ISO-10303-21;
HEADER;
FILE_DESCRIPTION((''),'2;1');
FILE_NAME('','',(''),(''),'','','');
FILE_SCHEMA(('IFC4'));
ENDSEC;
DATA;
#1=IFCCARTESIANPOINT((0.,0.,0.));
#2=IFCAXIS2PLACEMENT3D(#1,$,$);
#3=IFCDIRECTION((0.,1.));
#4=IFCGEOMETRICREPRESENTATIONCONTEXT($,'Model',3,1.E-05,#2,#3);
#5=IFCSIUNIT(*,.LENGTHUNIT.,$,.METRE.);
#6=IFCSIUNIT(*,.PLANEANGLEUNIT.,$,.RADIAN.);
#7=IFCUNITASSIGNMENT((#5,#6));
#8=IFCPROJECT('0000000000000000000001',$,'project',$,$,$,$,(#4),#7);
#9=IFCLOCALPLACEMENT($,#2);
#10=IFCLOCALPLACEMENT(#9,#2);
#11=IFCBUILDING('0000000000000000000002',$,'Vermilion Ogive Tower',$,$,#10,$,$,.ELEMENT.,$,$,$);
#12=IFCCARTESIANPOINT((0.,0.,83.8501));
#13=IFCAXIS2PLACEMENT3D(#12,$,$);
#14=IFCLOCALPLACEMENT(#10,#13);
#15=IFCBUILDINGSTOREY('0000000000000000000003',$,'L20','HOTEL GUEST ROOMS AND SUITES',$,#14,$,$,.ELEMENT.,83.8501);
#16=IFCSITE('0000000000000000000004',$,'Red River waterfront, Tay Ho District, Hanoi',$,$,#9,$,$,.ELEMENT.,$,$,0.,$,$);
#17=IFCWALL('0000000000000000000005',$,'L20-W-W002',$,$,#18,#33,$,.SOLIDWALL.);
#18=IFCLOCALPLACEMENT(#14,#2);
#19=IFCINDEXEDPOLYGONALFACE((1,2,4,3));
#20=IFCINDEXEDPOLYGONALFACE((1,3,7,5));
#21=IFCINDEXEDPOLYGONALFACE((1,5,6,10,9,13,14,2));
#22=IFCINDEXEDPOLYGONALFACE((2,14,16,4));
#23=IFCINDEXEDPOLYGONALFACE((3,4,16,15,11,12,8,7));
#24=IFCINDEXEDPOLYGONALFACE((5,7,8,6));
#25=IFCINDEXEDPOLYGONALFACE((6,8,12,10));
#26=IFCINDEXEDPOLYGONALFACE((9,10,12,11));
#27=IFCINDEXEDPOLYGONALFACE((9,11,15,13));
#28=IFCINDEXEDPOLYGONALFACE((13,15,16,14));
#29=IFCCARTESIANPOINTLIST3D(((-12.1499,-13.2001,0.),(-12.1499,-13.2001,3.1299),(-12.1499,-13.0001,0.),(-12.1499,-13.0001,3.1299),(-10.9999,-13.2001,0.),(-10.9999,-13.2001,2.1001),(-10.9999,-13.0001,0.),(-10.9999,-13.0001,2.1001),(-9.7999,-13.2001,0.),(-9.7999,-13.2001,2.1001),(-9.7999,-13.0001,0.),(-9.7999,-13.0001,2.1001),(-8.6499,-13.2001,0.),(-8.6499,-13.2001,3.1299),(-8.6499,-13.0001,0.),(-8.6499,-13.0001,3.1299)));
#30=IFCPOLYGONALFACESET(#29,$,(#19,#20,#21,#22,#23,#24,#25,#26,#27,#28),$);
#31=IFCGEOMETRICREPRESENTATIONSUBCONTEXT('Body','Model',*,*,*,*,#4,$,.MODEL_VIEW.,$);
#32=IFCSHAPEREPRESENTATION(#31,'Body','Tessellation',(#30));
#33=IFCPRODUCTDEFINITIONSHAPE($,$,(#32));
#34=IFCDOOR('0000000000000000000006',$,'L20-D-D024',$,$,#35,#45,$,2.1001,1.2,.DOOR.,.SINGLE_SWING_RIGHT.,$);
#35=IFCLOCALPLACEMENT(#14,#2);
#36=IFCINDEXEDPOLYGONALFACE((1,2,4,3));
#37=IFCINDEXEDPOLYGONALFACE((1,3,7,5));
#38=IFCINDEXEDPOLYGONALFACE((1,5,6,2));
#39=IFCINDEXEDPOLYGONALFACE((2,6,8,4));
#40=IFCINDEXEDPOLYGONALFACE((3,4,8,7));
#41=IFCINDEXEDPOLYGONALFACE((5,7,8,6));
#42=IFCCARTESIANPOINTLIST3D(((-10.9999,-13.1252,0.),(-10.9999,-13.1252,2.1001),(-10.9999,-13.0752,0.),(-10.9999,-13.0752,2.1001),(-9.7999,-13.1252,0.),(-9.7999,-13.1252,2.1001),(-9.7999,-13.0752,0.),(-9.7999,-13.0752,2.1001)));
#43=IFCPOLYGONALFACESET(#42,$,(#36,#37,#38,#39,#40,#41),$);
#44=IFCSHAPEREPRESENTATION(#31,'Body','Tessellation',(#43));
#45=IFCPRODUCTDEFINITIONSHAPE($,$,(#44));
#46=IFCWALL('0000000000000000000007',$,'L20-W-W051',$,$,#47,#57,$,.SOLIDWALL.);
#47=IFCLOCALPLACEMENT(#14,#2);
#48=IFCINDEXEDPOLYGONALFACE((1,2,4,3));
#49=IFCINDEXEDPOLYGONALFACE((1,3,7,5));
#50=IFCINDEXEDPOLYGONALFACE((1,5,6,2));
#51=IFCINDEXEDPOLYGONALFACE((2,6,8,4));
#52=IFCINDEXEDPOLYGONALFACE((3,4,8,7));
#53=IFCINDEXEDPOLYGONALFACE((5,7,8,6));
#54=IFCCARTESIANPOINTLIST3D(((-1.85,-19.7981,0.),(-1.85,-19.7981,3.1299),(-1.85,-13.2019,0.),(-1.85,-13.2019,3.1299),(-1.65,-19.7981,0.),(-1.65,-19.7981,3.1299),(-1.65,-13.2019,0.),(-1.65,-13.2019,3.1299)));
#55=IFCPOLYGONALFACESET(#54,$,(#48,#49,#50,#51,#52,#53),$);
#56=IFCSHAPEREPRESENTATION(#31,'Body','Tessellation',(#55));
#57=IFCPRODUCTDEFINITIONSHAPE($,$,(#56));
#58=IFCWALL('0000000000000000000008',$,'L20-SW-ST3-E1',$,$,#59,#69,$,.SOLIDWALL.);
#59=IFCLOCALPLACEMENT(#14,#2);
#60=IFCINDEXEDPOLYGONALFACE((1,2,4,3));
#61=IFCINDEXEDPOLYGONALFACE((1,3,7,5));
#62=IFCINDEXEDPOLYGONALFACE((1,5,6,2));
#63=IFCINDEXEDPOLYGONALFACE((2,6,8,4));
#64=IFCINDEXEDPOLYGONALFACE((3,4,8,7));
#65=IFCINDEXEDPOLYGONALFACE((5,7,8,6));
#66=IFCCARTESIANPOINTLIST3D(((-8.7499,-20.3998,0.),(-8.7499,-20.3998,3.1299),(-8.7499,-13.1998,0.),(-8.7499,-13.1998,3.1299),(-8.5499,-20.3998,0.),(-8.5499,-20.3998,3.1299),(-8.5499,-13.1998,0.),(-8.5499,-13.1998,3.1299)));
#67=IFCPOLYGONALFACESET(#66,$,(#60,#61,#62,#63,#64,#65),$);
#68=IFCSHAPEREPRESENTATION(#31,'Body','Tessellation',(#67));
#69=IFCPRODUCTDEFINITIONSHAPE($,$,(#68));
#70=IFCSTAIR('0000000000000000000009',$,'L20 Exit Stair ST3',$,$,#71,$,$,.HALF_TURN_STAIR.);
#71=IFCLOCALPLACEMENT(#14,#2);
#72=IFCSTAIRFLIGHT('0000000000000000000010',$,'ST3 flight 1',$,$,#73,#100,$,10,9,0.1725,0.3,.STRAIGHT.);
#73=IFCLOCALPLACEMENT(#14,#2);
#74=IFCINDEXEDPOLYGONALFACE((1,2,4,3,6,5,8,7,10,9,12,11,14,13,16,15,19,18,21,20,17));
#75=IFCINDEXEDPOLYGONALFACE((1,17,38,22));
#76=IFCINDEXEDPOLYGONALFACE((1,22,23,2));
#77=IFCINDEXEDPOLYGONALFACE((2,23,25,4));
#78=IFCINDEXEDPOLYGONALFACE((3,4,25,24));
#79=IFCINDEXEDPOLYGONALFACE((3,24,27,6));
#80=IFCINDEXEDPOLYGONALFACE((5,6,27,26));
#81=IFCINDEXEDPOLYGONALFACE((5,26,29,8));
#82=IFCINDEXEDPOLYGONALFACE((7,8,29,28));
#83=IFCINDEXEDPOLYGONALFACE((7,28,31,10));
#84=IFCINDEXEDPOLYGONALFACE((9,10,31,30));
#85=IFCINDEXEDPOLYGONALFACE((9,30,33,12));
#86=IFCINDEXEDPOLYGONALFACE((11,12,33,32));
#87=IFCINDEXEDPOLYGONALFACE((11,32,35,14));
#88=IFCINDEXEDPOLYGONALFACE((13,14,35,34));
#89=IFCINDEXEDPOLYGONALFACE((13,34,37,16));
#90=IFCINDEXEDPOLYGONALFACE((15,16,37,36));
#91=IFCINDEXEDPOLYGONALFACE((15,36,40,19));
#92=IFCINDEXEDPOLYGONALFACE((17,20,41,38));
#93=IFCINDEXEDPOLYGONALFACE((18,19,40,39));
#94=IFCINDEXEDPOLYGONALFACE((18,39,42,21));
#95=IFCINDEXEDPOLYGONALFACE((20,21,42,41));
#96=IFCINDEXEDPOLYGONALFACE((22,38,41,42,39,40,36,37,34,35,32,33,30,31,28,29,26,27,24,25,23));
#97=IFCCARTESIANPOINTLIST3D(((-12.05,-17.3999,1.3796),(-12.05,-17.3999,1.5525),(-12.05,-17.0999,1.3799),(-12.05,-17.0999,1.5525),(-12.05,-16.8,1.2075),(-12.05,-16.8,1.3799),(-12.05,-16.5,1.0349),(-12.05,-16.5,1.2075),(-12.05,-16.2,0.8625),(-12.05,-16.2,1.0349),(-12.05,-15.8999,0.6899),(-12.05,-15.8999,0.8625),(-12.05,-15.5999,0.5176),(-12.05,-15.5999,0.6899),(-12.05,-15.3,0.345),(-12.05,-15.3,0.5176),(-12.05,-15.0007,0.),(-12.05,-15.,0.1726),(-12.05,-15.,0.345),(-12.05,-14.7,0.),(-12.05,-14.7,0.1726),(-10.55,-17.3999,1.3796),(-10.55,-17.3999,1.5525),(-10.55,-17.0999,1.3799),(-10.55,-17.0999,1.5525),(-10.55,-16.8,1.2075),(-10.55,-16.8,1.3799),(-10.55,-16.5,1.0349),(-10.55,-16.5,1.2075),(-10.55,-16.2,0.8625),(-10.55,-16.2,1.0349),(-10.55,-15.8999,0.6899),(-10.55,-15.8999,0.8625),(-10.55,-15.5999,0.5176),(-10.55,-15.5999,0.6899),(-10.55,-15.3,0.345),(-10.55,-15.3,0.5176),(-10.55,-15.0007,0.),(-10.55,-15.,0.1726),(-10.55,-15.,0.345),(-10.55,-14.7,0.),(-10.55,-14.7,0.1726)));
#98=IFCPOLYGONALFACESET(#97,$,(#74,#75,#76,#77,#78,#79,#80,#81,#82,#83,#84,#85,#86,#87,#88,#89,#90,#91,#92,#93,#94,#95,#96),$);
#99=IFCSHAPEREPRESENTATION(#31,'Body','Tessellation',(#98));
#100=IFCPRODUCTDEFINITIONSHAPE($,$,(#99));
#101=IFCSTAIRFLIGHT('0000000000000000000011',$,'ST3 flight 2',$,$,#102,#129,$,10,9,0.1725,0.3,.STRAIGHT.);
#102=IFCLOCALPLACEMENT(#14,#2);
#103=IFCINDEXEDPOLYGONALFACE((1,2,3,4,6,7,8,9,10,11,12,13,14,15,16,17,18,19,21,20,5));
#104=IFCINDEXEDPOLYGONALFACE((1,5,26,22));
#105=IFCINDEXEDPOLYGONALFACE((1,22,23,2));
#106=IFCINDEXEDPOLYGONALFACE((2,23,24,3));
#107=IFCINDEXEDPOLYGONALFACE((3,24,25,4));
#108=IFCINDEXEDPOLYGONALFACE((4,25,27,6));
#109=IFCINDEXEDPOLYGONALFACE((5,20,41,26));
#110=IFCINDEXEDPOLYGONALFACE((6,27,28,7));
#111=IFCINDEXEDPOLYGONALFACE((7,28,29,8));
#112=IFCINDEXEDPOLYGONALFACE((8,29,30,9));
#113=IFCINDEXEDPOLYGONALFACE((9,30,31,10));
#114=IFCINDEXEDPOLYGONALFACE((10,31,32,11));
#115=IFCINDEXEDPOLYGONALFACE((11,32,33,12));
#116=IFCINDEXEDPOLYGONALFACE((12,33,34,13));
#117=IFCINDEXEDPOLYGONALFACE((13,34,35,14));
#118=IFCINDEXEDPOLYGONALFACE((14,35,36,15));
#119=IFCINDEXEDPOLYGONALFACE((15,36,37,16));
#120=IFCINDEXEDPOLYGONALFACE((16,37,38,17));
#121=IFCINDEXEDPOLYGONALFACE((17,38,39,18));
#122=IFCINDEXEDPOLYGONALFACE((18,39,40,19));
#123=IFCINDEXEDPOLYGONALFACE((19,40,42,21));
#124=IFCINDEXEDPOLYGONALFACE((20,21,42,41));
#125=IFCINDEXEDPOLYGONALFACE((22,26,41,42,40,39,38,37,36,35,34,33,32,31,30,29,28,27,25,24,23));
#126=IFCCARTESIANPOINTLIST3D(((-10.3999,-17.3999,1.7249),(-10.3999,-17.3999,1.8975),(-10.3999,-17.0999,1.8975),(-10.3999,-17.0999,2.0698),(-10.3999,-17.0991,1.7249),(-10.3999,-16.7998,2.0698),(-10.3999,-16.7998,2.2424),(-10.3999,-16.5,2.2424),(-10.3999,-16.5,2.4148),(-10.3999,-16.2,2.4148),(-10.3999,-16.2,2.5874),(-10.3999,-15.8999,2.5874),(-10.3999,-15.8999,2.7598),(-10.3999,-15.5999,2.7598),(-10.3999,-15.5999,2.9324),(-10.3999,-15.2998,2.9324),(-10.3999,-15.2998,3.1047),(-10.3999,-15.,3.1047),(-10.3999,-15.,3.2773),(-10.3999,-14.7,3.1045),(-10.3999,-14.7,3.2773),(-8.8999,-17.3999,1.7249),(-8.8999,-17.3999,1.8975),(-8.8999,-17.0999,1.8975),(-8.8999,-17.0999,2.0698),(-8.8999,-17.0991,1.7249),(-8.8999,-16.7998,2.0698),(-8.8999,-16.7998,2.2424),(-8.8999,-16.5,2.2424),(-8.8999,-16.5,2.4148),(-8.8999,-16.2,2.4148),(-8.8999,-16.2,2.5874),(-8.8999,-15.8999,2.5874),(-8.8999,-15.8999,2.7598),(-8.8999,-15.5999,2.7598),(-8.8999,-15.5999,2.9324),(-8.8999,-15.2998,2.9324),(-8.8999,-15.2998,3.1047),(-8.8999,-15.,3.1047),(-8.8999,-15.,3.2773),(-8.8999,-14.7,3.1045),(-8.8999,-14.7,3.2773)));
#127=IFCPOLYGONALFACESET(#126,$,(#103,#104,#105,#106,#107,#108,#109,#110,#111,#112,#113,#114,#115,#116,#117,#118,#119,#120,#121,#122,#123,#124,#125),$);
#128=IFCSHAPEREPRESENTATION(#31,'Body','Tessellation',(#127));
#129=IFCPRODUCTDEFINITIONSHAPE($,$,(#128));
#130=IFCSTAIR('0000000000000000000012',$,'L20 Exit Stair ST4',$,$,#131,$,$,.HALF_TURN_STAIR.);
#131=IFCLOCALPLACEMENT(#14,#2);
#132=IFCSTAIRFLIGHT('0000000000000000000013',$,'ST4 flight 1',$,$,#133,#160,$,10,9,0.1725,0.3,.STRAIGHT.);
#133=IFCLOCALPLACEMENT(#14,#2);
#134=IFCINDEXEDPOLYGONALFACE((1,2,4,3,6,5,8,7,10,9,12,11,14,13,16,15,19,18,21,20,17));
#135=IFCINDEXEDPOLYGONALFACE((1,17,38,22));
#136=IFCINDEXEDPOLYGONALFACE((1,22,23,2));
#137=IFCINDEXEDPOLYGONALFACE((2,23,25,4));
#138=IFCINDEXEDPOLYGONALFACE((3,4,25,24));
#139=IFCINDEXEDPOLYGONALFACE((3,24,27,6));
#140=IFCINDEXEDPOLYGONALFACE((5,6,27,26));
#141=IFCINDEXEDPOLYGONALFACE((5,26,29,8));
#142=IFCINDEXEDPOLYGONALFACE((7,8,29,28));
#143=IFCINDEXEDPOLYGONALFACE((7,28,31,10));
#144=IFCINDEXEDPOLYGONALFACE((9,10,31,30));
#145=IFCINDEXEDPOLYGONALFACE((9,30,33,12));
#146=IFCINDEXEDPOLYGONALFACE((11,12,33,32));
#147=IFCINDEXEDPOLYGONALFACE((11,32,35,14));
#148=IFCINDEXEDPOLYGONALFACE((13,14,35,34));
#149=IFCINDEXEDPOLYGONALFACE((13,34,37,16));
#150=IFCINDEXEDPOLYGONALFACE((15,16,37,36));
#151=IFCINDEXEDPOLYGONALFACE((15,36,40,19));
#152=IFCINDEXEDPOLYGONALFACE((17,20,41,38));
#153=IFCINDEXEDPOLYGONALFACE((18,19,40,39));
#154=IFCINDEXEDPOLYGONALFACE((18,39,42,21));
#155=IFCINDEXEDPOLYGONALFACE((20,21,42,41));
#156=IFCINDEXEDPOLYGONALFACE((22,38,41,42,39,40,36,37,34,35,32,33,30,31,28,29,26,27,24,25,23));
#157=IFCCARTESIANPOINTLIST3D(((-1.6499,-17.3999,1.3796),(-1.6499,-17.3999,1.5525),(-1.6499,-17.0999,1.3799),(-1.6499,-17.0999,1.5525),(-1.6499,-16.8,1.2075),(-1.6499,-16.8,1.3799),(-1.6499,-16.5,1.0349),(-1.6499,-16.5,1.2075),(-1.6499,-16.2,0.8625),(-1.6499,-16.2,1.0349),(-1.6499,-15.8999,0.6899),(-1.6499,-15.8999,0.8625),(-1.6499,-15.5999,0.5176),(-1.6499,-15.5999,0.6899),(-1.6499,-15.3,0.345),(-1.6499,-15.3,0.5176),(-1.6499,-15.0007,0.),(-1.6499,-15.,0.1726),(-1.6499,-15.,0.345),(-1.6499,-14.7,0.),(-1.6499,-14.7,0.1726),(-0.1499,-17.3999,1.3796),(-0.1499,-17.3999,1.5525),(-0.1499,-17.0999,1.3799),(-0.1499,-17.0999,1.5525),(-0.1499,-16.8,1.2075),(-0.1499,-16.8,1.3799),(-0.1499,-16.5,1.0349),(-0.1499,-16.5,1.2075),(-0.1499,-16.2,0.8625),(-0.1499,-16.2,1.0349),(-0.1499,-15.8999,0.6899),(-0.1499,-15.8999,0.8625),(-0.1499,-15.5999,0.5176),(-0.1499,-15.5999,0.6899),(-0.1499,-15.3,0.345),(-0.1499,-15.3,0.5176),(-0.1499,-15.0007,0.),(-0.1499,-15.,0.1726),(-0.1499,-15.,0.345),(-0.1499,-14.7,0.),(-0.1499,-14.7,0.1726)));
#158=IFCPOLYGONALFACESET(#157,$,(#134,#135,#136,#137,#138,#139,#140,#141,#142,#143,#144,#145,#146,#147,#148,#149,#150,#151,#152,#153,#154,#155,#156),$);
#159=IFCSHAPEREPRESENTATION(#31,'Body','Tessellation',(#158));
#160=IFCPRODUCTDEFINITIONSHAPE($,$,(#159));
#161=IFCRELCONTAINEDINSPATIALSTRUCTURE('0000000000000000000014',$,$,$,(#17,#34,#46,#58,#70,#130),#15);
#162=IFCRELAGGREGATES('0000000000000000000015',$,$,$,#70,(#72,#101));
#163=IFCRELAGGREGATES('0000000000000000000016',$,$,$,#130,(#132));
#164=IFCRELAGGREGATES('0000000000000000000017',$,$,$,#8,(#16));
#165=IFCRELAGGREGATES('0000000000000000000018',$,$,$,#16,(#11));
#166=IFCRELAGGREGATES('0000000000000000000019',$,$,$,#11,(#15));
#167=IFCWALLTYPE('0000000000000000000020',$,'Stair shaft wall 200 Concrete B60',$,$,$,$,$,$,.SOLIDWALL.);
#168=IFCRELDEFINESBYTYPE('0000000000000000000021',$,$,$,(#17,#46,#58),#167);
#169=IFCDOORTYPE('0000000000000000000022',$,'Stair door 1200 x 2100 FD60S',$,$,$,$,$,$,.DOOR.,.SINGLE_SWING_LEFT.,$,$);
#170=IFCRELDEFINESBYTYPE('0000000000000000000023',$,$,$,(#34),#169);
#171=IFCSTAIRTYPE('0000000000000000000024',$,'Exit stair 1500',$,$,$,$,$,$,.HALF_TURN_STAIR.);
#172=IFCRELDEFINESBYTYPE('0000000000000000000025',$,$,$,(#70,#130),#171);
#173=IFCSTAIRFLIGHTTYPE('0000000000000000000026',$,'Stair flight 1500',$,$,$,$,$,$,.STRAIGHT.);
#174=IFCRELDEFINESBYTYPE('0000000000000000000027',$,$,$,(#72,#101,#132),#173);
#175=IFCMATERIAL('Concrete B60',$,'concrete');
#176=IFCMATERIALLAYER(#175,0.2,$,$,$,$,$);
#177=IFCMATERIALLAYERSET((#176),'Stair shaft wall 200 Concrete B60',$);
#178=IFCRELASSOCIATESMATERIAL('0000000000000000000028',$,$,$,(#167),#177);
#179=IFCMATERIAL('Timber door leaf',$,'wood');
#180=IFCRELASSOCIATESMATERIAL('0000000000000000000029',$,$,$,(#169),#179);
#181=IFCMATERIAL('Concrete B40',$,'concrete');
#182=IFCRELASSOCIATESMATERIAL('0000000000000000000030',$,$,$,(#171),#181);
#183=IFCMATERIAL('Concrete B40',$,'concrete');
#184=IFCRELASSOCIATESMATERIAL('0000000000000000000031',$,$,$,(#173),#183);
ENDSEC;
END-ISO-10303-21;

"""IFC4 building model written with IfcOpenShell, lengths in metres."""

from ifc_helpers import new_model, si_unit, direction, frame, frame_2d, origin, place, context, subcontext, project, spatial, polyline, rectangle, outline, extrude, material, layer, layer_set, type_object, element, fill, aggregate, save


model = new_model("IFC4")

# Units and contexts
model_context = context("Model", 3, precision=1e-05, world=origin(), true_north=direction((0.0, 1.0)))
body_context = subcontext(model_context, "Body", "Model", "MODEL_VIEW")
ifc_project = project(units=[si_unit("LENGTHUNIT", "METRE"), si_unit("PLANEANGLEUNIT", "RADIAN")], contexts=[model_context])

# Site, building, storey
site_placement = place(None, origin())
site = spatial("IfcSite", under=ifc_project, at=site_placement, Name="Red River waterfront, Tay Ho District, Hanoi", CompositionType="ELEMENT", RefElevation=0.0)
building_placement = place(site_placement, origin())
building = spatial("IfcBuilding", under=site, at=building_placement, Name="Vermilion Ogive Tower", CompositionType="ELEMENT")
storey_placement = place(building_placement, frame((0.0, 0.0, 83.8501)))
storey = spatial("IfcBuildingStorey", under=building, at=storey_placement, Name="L20", Description="HOTEL GUEST ROOMS AND SUITES", CompositionType="ELEMENT", Elevation=83.8501)

# Shared definitions
ifc_material_1 = material(Name="Concrete B60", Category="concrete")
ifc_layer_1 = layer(ifc_material_1, 0.2)
ifc_layer_set_1 = layer_set([ifc_layer_1], Name="Stair shaft wall 200 Concrete B60")
wall_type = type_object("IfcWallType", Name="Stair shaft wall 200 Concrete B60", PredefinedType="SOLIDWALL", material=ifc_layer_set_1)

# Wall, opening, door
wall_1_placement = place(storey_placement, frame((-12.1499, -13.1001, 0.0), z_axis=(0.0, 0.0, 1.0), x_axis=(1.0, 0.0, 0.0)))
wall_1 = element("IfcWall", 1, at=wall_1_placement, inside=storey, type_object=wall_type, Name="L20-W-W002", PredefinedType="SOLIDWALL", context=body_context, shape_type="SweptSolid", body=[
    extrude(rectangle(XDim=3.5, YDim=0.2, at=frame_2d((1.75, 0.0))), origin(), (0.0, 0.0, 1.0), 3.1299),
])
opening_placement = place(wall_1_placement, frame((1.1499, 0.0, 0.0)))
opening = element("IfcOpeningElement", 2, at=opening_placement, cuts=wall_1, PredefinedType="OPENING", context=body_context, shape_type="SweptSolid", body=[
    extrude(rectangle(XDim=1.2, YDim=2.1001, at=frame_2d((0.6001, 1.05))), frame((0.0, 0.1099, 0.0), z_axis=(0.0, -1.0, 0.0), x_axis=(1.0, 0.0, 0.0)), (0.0, 0.0, 1.0), 0.22),
])
ifc_material_2 = material(Name="Timber door leaf", Category="wood")
door_type = type_object("IfcDoorType", Name="Stair door 1200 x 2100 FD60S", OperationType="SINGLE_SWING_LEFT", PredefinedType="DOOR", material=ifc_material_2)
door_placement = place(opening_placement, origin())
door = element("IfcDoor", 3, at=door_placement, inside=storey, type_object=door_type, Name="L20-D-D024", OperationType="SINGLE_SWING_RIGHT", OverallHeight=2.1001, OverallWidth=1.2, PredefinedType="DOOR", context=body_context, shape_type="SweptSolid", body=[
    extrude(rectangle(XDim=1.2, YDim=2.1001, at=frame_2d((0.6001, 1.05))), frame((0.0, 0.0249, 0.0), z_axis=(0.0, -1.0, 0.0), x_axis=(1.0, 0.0, 0.0)), (0.0, 0.0, 1.0), 0.05),
])
fill(opening, door)

# Walls
wall_2_placement = place(storey_placement, frame((-1.75, -19.7981, 0.0), z_axis=(0.0, 0.0, 1.0), x_axis=(0.0, 1.0, 0.0)))
element("IfcWall", 4, at=wall_2_placement, inside=storey, type_object=wall_type, Name="L20-W-W051", PredefinedType="SOLIDWALL", context=body_context, shape_type="SweptSolid", body=[
    extrude(rectangle(XDim=6.5962, YDim=0.2, at=frame_2d((3.2981, 0.0))), origin(), (0.0, 0.0, 1.0), 3.1299),
])
wall_3_placement = place(storey_placement, frame((-8.6499, -20.3999, 0.0), z_axis=(0.0, 0.0, 1.0), x_axis=(0.0, 1.0, 0.0)))
element("IfcWall", 5, at=wall_3_placement, inside=storey, type_object=wall_type, Name="L20-SW-ST3-E1", PredefinedType="SOLIDWALL", context=body_context, shape_type="SweptSolid", body=[
    extrude(rectangle(XDim=7.2, YDim=0.2, at=frame_2d((3.6001, 0.0))), origin(), (0.0, 0.0, 1.0), 3.1299),
])

# Stair, stair flights
ifc_material_3 = material(Name="Concrete B40", Category="concrete")
stair_type = type_object("IfcStairType", Name="Exit stair 1500", PredefinedType="HALF_TURN_STAIR", material=ifc_material_3)
stair_1_placement = place(storey_placement, origin())
stair_1 = element("IfcStair", 6, at=stair_1_placement, inside=storey, type_object=stair_type, Name="L20 Exit Stair ST3", PredefinedType="HALF_TURN_STAIR")
ifc_material_4 = material(Name="Concrete B40", Category="concrete")
stair_flight_type = type_object("IfcStairFlightType", Name="Stair flight 1500", PredefinedType="STRAIGHT", material=ifc_material_4)
stair_flight_1_placement = place(storey_placement, frame((-11.3, -14.7, 0.0), z_axis=(0.0, 0.0, 1.0), x_axis=(0.0, -1.0, 0.0)))
stair_flight_1 = element("IfcStairFlight", 7, at=stair_flight_1_placement, type_object=stair_flight_type, Name="ST3 flight 1", NumberOfRisers=10, NumberOfTreads=9, PredefinedType="STRAIGHT", RiserHeight=0.1725, TreadLength=0.3, context=body_context, shape_type="SweptSolid", body=[
    extrude(outline(polyline([(0.0, 0.0), (0.0, 0.1726), (0.3, 0.1726), (0.3, 0.345), (0.6001, 0.345), (0.6001, 0.5176), (0.8999, 0.5176), (0.8999, 0.6899), (1.2, 0.6899), (1.2, 0.8625), (1.5, 0.8625), (1.5, 1.0349), (1.8, 1.0349), (1.8, 1.2075), (2.1001, 1.2075), (2.1001, 1.3799), (2.3999, 1.3799), (2.3999, 1.5525), (2.7, 1.5525), (2.7, 1.7251), (2.7, 1.3796), (0.3008, 0.0), (0.0, 0.0)])), frame((0.0, 0.75, 0.0), z_axis=(0.0, -1.0, 0.0), x_axis=(1.0, 0.0, 0.0)), (0.0, 0.0, 1.0), 1.5),
])
stair_flight_2_placement = place(storey_placement, frame((-9.6499, -17.3999, 1.7249), z_axis=(0.0, 0.0, 1.0), x_axis=(0.0, 1.0, 0.0)))
stair_flight_2 = element("IfcStairFlight", 8, at=stair_flight_2_placement, type_object=stair_flight_type, Name="ST3 flight 2", NumberOfRisers=10, NumberOfTreads=9, PredefinedType="STRAIGHT", RiserHeight=0.1725, TreadLength=0.3, context=body_context, shape_type="SweptSolid", body=[
    extrude(outline(polyline([(0.0, 0.0), (0.0, 0.1726), (0.3, 0.1726), (0.3, 0.345), (0.6001, 0.345), (0.6001, 0.5176), (0.8999, 0.5176), (0.8999, 0.6899), (1.2, 0.6899), (1.2, 0.8625), (1.5, 0.8625), (1.5, 1.0349), (1.8, 1.0349), (1.8, 1.2075), (2.1001, 1.2075), (2.1001, 1.3799), (2.3999, 1.3799), (2.3999, 1.5525), (2.7, 1.5525), (2.7, 1.7251), (2.7, 1.3796), (0.3008, 0.0), (0.0, 0.0)])), frame((0.0, 0.75, 0.0), z_axis=(0.0, -1.0, 0.0), x_axis=(1.0, 0.0, 0.0)), (0.0, 0.0, 1.0), 1.5),
])
aggregate(stair_1, [stair_flight_1, stair_flight_2])

# Stair, stair flight
stair_2_placement = place(storey_placement, origin())
stair_2 = element("IfcStair", 9, at=stair_2_placement, inside=storey, type_object=stair_type, Name="L20 Exit Stair ST4", PredefinedType="HALF_TURN_STAIR")
stair_flight_3_placement = place(storey_placement, frame((-0.8999, -14.7, 0.0), z_axis=(0.0, 0.0, 1.0), x_axis=(0.0, -1.0, 0.0)))
stair_flight_3 = element("IfcStairFlight", 10, at=stair_flight_3_placement, type_object=stair_flight_type, Name="ST4 flight 1", NumberOfRisers=10, NumberOfTreads=9, PredefinedType="STRAIGHT", RiserHeight=0.1725, TreadLength=0.3, context=body_context, shape_type="SweptSolid", body=[
    extrude(outline(polyline([(0.0, 0.0), (0.0, 0.1726), (0.3, 0.1726), (0.3, 0.345), (0.6001, 0.345), (0.6001, 0.5176), (0.8999, 0.5176), (0.8999, 0.6899), (1.2, 0.6899), (1.2, 0.8625), (1.5, 0.8625), (1.5, 1.0349), (1.8, 1.0349), (1.8, 1.2075), (2.1001, 1.2075), (2.1001, 1.3799), (2.3999, 1.3799), (2.3999, 1.5525), (2.7, 1.5525), (2.7, 1.7251), (2.7, 1.3796), (0.3008, 0.0), (0.0, 0.0)])), frame((0.0, 0.75, 0.0), z_axis=(0.0, -1.0, 0.0), x_axis=(1.0, 0.0, 0.0)), (0.0, 0.0, 1.0), 1.5),
])
aggregate(stair_2, [stair_flight_3])

save(model, "model.ifc")
